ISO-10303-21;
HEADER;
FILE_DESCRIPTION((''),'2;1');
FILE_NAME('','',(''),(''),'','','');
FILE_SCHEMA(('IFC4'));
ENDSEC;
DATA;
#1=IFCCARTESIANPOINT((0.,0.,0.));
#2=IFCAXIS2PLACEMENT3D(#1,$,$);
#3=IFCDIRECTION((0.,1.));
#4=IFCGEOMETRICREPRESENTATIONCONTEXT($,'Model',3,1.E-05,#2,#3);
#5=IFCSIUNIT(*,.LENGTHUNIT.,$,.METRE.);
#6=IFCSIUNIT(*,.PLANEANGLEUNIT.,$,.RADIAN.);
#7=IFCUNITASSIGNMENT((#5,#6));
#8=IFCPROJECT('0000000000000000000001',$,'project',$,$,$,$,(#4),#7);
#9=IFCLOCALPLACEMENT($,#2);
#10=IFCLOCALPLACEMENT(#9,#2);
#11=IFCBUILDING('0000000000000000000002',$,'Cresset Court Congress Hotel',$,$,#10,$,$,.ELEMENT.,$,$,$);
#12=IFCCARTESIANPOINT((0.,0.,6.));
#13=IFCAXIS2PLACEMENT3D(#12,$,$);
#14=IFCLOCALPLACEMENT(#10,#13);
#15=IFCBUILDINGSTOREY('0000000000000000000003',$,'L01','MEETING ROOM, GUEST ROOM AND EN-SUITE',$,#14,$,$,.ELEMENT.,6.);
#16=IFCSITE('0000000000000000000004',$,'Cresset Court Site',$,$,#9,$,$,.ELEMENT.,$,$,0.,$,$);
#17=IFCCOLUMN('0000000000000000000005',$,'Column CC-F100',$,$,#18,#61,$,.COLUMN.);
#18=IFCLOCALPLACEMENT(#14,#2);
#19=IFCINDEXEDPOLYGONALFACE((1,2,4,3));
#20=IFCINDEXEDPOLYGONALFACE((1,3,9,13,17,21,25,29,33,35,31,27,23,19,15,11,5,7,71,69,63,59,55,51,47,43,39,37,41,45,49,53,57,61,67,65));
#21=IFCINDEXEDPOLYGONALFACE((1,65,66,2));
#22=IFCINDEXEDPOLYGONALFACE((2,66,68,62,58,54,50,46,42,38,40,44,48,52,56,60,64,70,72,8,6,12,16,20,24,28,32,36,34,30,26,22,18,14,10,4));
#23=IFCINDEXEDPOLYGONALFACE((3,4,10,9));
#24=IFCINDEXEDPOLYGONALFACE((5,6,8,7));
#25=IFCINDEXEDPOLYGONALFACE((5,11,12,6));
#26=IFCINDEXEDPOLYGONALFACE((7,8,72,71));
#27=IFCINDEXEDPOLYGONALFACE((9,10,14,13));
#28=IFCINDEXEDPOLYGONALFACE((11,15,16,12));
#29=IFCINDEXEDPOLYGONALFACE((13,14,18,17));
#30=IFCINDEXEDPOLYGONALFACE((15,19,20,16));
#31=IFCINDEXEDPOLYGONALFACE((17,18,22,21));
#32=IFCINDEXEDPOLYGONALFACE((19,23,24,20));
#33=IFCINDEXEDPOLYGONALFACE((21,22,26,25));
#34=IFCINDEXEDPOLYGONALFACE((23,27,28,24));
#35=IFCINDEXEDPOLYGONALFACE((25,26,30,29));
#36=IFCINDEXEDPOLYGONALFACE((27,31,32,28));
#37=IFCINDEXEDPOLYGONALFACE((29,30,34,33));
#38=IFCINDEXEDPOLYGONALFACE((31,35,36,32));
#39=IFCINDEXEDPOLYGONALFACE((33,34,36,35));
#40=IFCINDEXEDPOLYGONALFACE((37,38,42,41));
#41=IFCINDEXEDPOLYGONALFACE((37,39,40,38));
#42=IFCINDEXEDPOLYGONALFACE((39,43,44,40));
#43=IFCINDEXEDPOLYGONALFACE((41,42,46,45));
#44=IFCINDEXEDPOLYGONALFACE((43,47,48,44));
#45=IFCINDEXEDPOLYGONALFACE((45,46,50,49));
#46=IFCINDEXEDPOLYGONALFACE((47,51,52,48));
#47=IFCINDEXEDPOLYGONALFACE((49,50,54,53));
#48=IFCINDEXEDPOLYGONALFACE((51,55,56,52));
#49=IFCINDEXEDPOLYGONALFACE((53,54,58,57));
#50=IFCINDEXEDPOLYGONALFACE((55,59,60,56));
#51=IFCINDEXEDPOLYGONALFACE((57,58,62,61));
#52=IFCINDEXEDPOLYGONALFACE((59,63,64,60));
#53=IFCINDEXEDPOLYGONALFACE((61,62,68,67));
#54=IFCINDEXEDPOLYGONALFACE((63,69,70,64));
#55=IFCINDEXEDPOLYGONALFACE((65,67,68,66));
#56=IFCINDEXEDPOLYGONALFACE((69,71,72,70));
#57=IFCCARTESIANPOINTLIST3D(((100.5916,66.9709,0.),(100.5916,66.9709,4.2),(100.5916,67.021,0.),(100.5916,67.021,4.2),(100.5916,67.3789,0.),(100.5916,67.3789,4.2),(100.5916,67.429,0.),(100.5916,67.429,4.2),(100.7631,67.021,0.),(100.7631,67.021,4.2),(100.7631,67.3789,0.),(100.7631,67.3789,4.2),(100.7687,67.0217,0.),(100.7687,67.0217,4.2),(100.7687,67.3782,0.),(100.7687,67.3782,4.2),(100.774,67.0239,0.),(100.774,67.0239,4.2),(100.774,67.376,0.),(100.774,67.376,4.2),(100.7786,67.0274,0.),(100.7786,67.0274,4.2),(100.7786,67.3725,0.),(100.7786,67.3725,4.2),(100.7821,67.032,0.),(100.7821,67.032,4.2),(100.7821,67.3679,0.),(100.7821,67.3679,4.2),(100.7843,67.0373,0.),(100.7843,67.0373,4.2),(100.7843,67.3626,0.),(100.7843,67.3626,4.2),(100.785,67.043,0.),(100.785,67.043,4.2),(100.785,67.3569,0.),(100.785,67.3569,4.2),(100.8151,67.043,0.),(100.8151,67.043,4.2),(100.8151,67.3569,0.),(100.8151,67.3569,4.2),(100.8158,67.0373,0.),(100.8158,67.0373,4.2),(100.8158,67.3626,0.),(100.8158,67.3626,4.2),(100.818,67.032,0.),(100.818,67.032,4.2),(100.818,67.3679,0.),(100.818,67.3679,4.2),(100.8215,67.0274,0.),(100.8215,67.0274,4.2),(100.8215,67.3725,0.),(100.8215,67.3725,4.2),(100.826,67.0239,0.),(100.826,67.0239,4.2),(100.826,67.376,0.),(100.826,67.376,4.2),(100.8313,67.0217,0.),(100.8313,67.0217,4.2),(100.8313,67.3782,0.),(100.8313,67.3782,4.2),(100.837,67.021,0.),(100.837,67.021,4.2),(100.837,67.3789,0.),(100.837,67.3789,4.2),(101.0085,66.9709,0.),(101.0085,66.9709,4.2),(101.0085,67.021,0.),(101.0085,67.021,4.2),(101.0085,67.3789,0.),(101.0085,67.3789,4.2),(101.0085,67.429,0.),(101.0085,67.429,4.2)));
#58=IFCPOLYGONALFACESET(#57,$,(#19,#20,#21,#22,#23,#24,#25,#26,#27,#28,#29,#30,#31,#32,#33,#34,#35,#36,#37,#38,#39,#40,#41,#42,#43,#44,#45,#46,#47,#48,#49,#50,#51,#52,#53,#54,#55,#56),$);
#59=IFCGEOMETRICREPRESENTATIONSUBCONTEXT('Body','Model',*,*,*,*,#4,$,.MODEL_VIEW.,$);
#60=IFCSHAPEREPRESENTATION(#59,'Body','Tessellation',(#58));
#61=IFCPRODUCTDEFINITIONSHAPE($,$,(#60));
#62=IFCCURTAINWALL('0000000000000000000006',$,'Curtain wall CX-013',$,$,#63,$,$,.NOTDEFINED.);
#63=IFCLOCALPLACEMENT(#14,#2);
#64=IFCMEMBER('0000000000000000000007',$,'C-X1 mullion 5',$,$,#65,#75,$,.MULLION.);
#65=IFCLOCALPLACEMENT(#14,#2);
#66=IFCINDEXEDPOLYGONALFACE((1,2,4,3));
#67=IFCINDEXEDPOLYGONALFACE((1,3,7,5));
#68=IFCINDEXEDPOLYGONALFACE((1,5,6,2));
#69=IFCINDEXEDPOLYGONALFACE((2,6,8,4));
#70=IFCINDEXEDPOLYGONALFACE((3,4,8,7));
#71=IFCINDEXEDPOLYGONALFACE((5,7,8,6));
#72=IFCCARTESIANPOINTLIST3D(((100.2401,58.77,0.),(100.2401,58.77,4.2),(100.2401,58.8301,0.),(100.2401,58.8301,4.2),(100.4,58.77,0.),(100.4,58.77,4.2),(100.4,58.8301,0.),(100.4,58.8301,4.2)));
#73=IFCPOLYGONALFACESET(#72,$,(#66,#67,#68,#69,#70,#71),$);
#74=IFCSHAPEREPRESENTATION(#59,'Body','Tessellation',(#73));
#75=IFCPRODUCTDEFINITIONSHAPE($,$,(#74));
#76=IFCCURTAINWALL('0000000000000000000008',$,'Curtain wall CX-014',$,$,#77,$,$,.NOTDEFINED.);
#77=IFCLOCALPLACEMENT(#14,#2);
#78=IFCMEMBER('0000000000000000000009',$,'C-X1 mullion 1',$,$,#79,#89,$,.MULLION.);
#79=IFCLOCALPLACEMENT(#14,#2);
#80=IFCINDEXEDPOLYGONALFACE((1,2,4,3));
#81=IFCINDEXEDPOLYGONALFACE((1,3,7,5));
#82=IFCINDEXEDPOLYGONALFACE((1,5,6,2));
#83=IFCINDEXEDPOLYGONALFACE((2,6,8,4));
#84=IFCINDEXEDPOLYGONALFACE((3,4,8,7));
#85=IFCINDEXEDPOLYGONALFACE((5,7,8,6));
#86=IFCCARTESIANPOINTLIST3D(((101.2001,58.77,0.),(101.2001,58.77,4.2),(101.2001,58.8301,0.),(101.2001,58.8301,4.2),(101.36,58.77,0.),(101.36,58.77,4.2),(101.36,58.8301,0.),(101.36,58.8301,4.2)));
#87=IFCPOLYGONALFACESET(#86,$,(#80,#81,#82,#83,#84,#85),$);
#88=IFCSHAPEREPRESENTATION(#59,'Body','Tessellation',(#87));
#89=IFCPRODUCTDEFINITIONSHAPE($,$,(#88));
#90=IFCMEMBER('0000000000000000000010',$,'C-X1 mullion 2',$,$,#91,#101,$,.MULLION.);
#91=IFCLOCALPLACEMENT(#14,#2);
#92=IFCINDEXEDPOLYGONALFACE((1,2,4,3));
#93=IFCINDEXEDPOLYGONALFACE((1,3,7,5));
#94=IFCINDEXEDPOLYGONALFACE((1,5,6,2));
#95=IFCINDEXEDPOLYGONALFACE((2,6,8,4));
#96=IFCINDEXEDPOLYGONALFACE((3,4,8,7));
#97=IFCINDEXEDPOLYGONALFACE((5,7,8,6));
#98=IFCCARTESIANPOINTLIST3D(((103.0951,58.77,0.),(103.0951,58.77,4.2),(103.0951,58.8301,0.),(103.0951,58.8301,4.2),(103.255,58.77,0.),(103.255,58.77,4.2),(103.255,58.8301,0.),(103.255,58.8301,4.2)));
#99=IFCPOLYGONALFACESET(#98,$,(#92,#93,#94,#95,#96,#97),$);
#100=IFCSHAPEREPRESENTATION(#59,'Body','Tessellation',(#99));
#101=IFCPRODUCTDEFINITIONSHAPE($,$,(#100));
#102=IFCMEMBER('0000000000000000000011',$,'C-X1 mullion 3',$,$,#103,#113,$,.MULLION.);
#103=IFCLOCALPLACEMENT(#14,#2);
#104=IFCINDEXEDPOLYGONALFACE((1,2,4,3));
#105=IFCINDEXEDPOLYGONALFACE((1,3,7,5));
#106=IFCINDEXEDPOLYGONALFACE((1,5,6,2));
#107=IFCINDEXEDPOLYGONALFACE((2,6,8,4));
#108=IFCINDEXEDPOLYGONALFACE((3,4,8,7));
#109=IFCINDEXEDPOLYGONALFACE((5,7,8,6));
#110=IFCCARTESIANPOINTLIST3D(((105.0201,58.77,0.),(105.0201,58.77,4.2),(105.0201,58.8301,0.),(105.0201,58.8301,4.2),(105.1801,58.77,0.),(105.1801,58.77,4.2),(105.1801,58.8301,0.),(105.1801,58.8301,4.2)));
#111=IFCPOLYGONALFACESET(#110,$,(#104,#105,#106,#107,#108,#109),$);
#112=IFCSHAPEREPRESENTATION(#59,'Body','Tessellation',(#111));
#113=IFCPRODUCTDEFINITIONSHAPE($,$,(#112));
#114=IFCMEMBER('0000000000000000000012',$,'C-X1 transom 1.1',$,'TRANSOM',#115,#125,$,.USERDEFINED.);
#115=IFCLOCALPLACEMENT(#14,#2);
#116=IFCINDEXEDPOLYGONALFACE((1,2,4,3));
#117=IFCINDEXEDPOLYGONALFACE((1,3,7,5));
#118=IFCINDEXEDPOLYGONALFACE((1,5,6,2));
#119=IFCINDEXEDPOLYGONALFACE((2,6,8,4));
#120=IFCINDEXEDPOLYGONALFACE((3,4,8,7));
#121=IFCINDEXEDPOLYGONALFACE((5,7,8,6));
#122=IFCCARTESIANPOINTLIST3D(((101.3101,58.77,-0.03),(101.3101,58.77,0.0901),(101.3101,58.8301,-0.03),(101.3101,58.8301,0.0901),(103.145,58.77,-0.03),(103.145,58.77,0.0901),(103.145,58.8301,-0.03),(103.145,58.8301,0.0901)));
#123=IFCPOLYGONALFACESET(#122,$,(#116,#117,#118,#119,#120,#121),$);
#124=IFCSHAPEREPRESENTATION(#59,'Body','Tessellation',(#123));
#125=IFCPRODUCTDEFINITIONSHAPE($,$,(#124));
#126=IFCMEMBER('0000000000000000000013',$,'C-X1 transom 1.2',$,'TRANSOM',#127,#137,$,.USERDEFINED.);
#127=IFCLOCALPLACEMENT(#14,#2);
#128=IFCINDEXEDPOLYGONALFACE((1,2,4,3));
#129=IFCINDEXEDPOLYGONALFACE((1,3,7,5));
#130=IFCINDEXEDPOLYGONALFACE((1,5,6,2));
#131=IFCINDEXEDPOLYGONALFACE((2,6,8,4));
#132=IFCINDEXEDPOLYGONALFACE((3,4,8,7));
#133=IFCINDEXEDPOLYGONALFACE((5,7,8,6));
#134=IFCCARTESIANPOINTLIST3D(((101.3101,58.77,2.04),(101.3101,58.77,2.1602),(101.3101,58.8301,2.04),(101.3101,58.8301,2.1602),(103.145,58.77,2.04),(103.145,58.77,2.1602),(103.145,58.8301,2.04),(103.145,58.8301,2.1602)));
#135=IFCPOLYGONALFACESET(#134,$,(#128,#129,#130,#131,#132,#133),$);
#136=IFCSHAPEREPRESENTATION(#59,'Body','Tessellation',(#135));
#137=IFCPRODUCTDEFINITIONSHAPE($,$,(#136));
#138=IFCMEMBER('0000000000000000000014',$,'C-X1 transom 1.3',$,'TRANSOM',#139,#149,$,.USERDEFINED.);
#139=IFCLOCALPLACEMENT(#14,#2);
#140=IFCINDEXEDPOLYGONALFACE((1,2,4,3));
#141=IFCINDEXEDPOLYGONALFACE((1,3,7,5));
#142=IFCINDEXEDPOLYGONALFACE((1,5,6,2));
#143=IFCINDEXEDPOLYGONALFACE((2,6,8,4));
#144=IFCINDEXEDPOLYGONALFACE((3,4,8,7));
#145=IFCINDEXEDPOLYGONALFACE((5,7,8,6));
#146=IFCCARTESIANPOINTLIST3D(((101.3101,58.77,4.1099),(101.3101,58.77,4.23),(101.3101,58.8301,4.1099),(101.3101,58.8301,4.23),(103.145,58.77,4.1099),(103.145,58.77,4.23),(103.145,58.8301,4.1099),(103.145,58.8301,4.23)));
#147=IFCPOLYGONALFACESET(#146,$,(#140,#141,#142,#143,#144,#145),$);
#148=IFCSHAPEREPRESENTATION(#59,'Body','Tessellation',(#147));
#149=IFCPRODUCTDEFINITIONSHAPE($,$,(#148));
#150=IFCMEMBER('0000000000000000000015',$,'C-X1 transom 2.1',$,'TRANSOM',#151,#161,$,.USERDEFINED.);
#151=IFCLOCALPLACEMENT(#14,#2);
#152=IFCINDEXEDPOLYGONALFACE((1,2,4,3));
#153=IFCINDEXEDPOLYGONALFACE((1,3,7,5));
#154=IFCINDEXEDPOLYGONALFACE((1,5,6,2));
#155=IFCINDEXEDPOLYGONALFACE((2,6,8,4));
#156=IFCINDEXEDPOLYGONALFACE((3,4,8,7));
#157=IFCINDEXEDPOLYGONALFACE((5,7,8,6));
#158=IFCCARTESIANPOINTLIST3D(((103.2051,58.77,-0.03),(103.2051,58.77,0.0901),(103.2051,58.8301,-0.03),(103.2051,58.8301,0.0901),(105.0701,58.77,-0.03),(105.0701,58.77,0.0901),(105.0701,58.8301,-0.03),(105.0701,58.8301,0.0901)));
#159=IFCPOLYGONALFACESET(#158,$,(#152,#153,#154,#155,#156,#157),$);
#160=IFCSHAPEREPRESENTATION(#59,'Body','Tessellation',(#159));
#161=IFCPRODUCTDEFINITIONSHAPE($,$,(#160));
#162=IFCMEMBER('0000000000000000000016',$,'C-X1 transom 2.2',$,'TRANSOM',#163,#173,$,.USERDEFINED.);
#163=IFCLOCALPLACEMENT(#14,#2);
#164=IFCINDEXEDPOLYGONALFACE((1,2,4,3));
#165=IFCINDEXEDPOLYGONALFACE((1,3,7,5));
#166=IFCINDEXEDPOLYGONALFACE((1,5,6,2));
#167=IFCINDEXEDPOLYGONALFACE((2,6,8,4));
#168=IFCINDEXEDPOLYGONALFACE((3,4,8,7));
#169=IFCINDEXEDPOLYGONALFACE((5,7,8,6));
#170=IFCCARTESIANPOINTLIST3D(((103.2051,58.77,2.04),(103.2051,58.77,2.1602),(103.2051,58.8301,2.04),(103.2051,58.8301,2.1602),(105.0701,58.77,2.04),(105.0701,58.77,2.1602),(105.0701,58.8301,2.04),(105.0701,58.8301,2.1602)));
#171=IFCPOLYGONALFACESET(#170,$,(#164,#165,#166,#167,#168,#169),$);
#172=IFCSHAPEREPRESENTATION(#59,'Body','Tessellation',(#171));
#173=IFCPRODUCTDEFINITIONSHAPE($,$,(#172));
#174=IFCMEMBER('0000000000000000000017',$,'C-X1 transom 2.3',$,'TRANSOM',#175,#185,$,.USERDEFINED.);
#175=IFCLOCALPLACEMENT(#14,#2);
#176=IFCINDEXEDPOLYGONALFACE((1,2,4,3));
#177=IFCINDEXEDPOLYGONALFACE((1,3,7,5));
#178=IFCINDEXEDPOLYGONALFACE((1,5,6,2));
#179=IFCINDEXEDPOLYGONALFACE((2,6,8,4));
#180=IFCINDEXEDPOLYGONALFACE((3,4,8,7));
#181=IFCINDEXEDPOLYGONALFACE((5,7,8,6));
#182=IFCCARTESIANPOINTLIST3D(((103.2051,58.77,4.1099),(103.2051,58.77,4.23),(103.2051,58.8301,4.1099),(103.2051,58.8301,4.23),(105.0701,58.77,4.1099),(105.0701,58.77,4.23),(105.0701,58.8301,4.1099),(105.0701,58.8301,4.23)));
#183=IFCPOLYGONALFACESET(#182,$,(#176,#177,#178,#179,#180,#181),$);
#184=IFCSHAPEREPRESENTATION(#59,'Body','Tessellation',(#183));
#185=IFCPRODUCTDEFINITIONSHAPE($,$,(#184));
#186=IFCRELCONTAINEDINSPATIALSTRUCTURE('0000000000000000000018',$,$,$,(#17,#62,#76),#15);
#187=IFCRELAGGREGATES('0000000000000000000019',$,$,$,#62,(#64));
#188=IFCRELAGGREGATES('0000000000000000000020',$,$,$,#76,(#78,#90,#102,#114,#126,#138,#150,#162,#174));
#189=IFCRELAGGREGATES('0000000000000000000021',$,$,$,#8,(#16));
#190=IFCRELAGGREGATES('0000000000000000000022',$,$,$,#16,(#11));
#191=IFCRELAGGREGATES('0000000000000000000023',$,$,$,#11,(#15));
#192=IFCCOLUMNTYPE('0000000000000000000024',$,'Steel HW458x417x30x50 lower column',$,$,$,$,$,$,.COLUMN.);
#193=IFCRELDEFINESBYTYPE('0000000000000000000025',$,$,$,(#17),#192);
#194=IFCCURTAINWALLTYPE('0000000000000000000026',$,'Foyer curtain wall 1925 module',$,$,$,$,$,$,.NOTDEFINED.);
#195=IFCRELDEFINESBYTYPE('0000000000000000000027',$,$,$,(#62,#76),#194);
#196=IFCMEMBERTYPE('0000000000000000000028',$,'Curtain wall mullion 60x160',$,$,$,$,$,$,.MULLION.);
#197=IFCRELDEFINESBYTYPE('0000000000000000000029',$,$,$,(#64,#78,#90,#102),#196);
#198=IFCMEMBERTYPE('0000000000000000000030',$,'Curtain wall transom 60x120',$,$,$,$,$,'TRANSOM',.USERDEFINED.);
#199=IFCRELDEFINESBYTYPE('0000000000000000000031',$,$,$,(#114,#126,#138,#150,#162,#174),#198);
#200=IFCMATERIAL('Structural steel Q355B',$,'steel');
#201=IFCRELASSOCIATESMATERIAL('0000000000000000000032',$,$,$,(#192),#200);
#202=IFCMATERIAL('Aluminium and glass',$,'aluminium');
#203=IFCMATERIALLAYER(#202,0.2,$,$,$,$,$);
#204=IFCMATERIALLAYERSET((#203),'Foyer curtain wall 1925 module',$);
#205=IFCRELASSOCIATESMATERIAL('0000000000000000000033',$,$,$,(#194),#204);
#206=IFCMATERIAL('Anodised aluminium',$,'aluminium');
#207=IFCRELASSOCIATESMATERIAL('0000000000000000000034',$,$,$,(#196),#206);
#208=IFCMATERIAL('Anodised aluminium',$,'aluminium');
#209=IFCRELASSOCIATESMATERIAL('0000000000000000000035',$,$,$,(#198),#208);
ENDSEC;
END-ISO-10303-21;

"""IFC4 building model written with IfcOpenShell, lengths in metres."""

from ifc_helpers import new_model, si_unit, direction, frame, origin, origin_2d, place, context, subcontext, project, spatial, rectangle, i_section, extrude, material, layer, layer_set, material_profile, profile_set, type_object, element, aggregate, save


model = new_model("IFC4")

# Units and contexts
model_context = context("Model", 3, precision=1e-05, world=origin(), true_north=direction((0.0, 1.0)))
body_context = subcontext(model_context, "Body", "Model", "MODEL_VIEW")
ifc_project = project(units=[si_unit("LENGTHUNIT", "METRE"), si_unit("PLANEANGLEUNIT", "RADIAN")], contexts=[model_context])

# Site, building, storey
site_placement = place(None, origin())
site = spatial("IfcSite", under=ifc_project, at=site_placement, Name="Cresset Court Site", CompositionType="ELEMENT", RefElevation=0.0)
building_placement = place(site_placement, origin())
building = spatial("IfcBuilding", under=site, at=building_placement, Name="Cresset Court Congress Hotel", CompositionType="ELEMENT")
storey_placement = place(building_placement, frame((0.0, 0.0, 6.0)))
storey = spatial("IfcBuildingStorey", under=building, at=storey_placement, Name="L01", Description="MEETING ROOM, GUEST ROOM AND EN-SUITE", CompositionType="ELEMENT", Elevation=6.0)

# Column
ifc_material_1 = material(Name="Structural steel Q355B", Category="steel")
ifc_material_profile_1 = material_profile(ifc_material_1, i_section(OverallWidth=0.417, OverallDepth=0.458, WebThickness=0.03, FlangeThickness=0.05, FilletRadius=0.022, at=origin_2d()), Name="HW458x417x30x50")
ifc_profile_set_1 = profile_set([ifc_material_profile_1], Name="Structural steel Q355B")
column_type = type_object("IfcColumnType", Name="Steel HW458x417x30x50 lower column", PredefinedType="COLUMN", material=ifc_profile_set_1)
column_placement = place(storey_placement, frame((100.8, 67.2, 0.0), z_axis=(0.0, 0.0, 1.0), x_axis=(1.0, 0.0, 0.0)))
element("IfcColumn", 1, at=column_placement, inside=storey, type_object=column_type, Name="Column CC-F100", PredefinedType="COLUMN", context=body_context, shape_type="SweptSolid", body=[
    extrude(i_section(OverallWidth=0.417, OverallDepth=0.458, WebThickness=0.03, FlangeThickness=0.05, FilletRadius=0.022, at=origin_2d()), origin(), (0.0, 0.0, 1.0), 4.2),
])

# Curtain wall, member
ifc_material_2 = material(Name="Aluminium and glass", Category="aluminium")
ifc_layer_1 = layer(ifc_material_2, 0.2)
ifc_layer_set_1 = layer_set([ifc_layer_1], Name="Foyer curtain wall 1925 module")
curtain_wall_type = type_object("IfcCurtainWallType", Name="Foyer curtain wall 1925 module", PredefinedType="NOTDEFINED", material=ifc_layer_set_1)
curtain_wall_1_placement = place(storey_placement, origin())
curtain_wall_1 = element("IfcCurtainWall", 2, at=curtain_wall_1_placement, inside=storey, type_object=curtain_wall_type, Name="Curtain wall CX-013", PredefinedType="NOTDEFINED")
ifc_material_3 = material(Name="Anodised aluminium", Category="aluminium")
ifc_material_profile_2 = material_profile(ifc_material_3, rectangle(XDim=0.0601, YDim=0.1599, at=origin_2d()), Name="AL60x160")
ifc_profile_set_2 = profile_set([ifc_material_profile_2], Name="Anodised aluminium")
member_type_1 = type_object("IfcMemberType", Name="Curtain wall mullion 60x160", PredefinedType="MULLION", material=ifc_profile_set_2)
member_1_placement = place(storey_placement, frame((100.3201, 58.8, 0.0), z_axis=(0.0, 0.0, 1.0), x_axis=(0.0, 1.0, 0.0)))
member_1 = element("IfcMember", 3, at=member_1_placement, type_object=member_type_1, Name="C-X1 mullion 5", PredefinedType="MULLION", context=body_context, shape_type="SweptSolid", body=[
    extrude(rectangle(XDim=0.0601, YDim=0.1599, at=origin_2d()), origin(), (0.0, 0.0, 1.0), 4.2),
])
aggregate(curtain_wall_1, [member_1])

# Curtain wall, members
curtain_wall_2_placement = place(storey_placement, origin())
curtain_wall_2 = element("IfcCurtainWall", 4, at=curtain_wall_2_placement, inside=storey, type_object=curtain_wall_type, Name="Curtain wall CX-014", PredefinedType="NOTDEFINED")
member_2_placement = place(storey_placement, frame((101.28, 58.8, 0.0), z_axis=(0.0, 0.0, 1.0), x_axis=(0.0, 1.0, 0.0)))
member_2 = element("IfcMember", 5, at=member_2_placement, type_object=member_type_1, Name="C-X1 mullion 1", PredefinedType="MULLION", context=body_context, shape_type="SweptSolid", body=[
    extrude(rectangle(XDim=0.0601, YDim=0.1599, at=origin_2d()), origin(), (0.0, 0.0, 1.0), 4.2),
])
member_3_placement = place(storey_placement, frame((103.175, 58.8, 0.0), z_axis=(0.0, 0.0, 1.0), x_axis=(0.0, 1.0, 0.0)))
member_3 = element("IfcMember", 6, at=member_3_placement, type_object=member_type_1, Name="C-X1 mullion 2", PredefinedType="MULLION", context=body_context, shape_type="SweptSolid", body=[
    extrude(rectangle(XDim=0.0601, YDim=0.1599, at=origin_2d()), origin(), (0.0, 0.0, 1.0), 4.2),
])
member_4_placement = place(storey_placement, frame((105.1001, 58.8, 0.0), z_axis=(0.0, 0.0, 1.0), x_axis=(0.0, 1.0, 0.0)))
member_4 = element("IfcMember", 7, at=member_4_placement, type_object=member_type_1, Name="C-X1 mullion 3", PredefinedType="MULLION", context=body_context, shape_type="SweptSolid", body=[
    extrude(rectangle(XDim=0.0601, YDim=0.1599, at=origin_2d()), origin(), (0.0, 0.0, 1.0), 4.2),
])
ifc_material_4 = material(Name="Anodised aluminium", Category="aluminium")
ifc_material_profile_3 = material_profile(ifc_material_4, rectangle(XDim=0.0601, YDim=0.1201, at=origin_2d()), Name="AL60x120")
ifc_profile_set_3 = profile_set([ifc_material_profile_3], Name="Anodised aluminium")
member_type_2 = type_object("IfcMemberType", Name="Curtain wall transom 60x120", ElementType="TRANSOM", PredefinedType="USERDEFINED", material=ifc_profile_set_3)
member_5_placement = place(storey_placement, frame((101.3101, 58.8, 0.03), z_axis=(1.0, 0.0, 0.0), x_axis=(0.0, 1.0, 0.0)))
member_5 = element("IfcMember", 8, at=member_5_placement, type_object=member_type_2, Name="C-X1 transom 1.1", ObjectType="TRANSOM", PredefinedType="USERDEFINED", context=body_context, shape_type="SweptSolid", body=[
    extrude(rectangle(XDim=0.0601, YDim=0.1201, at=origin_2d()), origin(), (0.0, 0.0, 1.0), 1.835),
])
member_6_placement = place(storey_placement, frame((101.3101, 58.8, 2.1001), z_axis=(1.0, 0.0, 0.0), x_axis=(0.0, 1.0, 0.0)))
member_6 = element("IfcMember", 9, at=member_6_placement, type_object=member_type_2, Name="C-X1 transom 1.2", ObjectType="TRANSOM", PredefinedType="USERDEFINED", context=body_context, shape_type="SweptSolid", body=[
    extrude(rectangle(XDim=0.0601, YDim=0.1201, at=origin_2d()), origin(), (0.0, 0.0, 1.0), 1.835),
])
member_7_placement = place(storey_placement, frame((101.3101, 58.8, 4.1699), z_axis=(1.0, 0.0, 0.0), x_axis=(0.0, 1.0, 0.0)))
member_7 = element("IfcMember", 10, at=member_7_placement, type_object=member_type_2, Name="C-X1 transom 1.3", ObjectType="TRANSOM", PredefinedType="USERDEFINED", context=body_context, shape_type="SweptSolid", body=[
    extrude(rectangle(XDim=0.0601, YDim=0.1201, at=origin_2d()), origin(), (0.0, 0.0, 1.0), 1.835),
])
member_8_placement = place(storey_placement, frame((103.2051, 58.8, 0.03), z_axis=(1.0, 0.0, 0.0), x_axis=(0.0, 1.0, 0.0)))
member_8 = element("IfcMember", 11, at=member_8_placement, type_object=member_type_2, Name="C-X1 transom 2.1", ObjectType="TRANSOM", PredefinedType="USERDEFINED", context=body_context, shape_type="SweptSolid", body=[
    extrude(rectangle(XDim=0.0601, YDim=0.1201, at=origin_2d()), origin(), (0.0, 0.0, 1.0), 1.865),
])
member_9_placement = place(storey_placement, frame((103.2051, 58.8, 2.1001), z_axis=(1.0, 0.0, 0.0), x_axis=(0.0, 1.0, 0.0)))
member_9 = element("IfcMember", 12, at=member_9_placement, type_object=member_type_2, Name="C-X1 transom 2.2", ObjectType="TRANSOM", PredefinedType="USERDEFINED", context=body_context, shape_type="SweptSolid", body=[
    extrude(rectangle(XDim=0.0601, YDim=0.1201, at=origin_2d()), origin(), (0.0, 0.0, 1.0), 1.865),
])
member_10_placement = place(storey_placement, frame((103.2051, 58.8, 4.1699), z_axis=(1.0, 0.0, 0.0), x_axis=(0.0, 1.0, 0.0)))
member_10 = element("IfcMember", 13, at=member_10_placement, type_object=member_type_2, Name="C-X1 transom 2.3", ObjectType="TRANSOM", PredefinedType="USERDEFINED", context=body_context, shape_type="SweptSolid", body=[
    extrude(rectangle(XDim=0.0601, YDim=0.1201, at=origin_2d()), origin(), (0.0, 0.0, 1.0), 1.865),
])

aggregate(curtain_wall_2, [member_2, member_3, member_4, member_5, member_6, member_7, member_8, member_9, member_10])

save(model, "model.ifc")
